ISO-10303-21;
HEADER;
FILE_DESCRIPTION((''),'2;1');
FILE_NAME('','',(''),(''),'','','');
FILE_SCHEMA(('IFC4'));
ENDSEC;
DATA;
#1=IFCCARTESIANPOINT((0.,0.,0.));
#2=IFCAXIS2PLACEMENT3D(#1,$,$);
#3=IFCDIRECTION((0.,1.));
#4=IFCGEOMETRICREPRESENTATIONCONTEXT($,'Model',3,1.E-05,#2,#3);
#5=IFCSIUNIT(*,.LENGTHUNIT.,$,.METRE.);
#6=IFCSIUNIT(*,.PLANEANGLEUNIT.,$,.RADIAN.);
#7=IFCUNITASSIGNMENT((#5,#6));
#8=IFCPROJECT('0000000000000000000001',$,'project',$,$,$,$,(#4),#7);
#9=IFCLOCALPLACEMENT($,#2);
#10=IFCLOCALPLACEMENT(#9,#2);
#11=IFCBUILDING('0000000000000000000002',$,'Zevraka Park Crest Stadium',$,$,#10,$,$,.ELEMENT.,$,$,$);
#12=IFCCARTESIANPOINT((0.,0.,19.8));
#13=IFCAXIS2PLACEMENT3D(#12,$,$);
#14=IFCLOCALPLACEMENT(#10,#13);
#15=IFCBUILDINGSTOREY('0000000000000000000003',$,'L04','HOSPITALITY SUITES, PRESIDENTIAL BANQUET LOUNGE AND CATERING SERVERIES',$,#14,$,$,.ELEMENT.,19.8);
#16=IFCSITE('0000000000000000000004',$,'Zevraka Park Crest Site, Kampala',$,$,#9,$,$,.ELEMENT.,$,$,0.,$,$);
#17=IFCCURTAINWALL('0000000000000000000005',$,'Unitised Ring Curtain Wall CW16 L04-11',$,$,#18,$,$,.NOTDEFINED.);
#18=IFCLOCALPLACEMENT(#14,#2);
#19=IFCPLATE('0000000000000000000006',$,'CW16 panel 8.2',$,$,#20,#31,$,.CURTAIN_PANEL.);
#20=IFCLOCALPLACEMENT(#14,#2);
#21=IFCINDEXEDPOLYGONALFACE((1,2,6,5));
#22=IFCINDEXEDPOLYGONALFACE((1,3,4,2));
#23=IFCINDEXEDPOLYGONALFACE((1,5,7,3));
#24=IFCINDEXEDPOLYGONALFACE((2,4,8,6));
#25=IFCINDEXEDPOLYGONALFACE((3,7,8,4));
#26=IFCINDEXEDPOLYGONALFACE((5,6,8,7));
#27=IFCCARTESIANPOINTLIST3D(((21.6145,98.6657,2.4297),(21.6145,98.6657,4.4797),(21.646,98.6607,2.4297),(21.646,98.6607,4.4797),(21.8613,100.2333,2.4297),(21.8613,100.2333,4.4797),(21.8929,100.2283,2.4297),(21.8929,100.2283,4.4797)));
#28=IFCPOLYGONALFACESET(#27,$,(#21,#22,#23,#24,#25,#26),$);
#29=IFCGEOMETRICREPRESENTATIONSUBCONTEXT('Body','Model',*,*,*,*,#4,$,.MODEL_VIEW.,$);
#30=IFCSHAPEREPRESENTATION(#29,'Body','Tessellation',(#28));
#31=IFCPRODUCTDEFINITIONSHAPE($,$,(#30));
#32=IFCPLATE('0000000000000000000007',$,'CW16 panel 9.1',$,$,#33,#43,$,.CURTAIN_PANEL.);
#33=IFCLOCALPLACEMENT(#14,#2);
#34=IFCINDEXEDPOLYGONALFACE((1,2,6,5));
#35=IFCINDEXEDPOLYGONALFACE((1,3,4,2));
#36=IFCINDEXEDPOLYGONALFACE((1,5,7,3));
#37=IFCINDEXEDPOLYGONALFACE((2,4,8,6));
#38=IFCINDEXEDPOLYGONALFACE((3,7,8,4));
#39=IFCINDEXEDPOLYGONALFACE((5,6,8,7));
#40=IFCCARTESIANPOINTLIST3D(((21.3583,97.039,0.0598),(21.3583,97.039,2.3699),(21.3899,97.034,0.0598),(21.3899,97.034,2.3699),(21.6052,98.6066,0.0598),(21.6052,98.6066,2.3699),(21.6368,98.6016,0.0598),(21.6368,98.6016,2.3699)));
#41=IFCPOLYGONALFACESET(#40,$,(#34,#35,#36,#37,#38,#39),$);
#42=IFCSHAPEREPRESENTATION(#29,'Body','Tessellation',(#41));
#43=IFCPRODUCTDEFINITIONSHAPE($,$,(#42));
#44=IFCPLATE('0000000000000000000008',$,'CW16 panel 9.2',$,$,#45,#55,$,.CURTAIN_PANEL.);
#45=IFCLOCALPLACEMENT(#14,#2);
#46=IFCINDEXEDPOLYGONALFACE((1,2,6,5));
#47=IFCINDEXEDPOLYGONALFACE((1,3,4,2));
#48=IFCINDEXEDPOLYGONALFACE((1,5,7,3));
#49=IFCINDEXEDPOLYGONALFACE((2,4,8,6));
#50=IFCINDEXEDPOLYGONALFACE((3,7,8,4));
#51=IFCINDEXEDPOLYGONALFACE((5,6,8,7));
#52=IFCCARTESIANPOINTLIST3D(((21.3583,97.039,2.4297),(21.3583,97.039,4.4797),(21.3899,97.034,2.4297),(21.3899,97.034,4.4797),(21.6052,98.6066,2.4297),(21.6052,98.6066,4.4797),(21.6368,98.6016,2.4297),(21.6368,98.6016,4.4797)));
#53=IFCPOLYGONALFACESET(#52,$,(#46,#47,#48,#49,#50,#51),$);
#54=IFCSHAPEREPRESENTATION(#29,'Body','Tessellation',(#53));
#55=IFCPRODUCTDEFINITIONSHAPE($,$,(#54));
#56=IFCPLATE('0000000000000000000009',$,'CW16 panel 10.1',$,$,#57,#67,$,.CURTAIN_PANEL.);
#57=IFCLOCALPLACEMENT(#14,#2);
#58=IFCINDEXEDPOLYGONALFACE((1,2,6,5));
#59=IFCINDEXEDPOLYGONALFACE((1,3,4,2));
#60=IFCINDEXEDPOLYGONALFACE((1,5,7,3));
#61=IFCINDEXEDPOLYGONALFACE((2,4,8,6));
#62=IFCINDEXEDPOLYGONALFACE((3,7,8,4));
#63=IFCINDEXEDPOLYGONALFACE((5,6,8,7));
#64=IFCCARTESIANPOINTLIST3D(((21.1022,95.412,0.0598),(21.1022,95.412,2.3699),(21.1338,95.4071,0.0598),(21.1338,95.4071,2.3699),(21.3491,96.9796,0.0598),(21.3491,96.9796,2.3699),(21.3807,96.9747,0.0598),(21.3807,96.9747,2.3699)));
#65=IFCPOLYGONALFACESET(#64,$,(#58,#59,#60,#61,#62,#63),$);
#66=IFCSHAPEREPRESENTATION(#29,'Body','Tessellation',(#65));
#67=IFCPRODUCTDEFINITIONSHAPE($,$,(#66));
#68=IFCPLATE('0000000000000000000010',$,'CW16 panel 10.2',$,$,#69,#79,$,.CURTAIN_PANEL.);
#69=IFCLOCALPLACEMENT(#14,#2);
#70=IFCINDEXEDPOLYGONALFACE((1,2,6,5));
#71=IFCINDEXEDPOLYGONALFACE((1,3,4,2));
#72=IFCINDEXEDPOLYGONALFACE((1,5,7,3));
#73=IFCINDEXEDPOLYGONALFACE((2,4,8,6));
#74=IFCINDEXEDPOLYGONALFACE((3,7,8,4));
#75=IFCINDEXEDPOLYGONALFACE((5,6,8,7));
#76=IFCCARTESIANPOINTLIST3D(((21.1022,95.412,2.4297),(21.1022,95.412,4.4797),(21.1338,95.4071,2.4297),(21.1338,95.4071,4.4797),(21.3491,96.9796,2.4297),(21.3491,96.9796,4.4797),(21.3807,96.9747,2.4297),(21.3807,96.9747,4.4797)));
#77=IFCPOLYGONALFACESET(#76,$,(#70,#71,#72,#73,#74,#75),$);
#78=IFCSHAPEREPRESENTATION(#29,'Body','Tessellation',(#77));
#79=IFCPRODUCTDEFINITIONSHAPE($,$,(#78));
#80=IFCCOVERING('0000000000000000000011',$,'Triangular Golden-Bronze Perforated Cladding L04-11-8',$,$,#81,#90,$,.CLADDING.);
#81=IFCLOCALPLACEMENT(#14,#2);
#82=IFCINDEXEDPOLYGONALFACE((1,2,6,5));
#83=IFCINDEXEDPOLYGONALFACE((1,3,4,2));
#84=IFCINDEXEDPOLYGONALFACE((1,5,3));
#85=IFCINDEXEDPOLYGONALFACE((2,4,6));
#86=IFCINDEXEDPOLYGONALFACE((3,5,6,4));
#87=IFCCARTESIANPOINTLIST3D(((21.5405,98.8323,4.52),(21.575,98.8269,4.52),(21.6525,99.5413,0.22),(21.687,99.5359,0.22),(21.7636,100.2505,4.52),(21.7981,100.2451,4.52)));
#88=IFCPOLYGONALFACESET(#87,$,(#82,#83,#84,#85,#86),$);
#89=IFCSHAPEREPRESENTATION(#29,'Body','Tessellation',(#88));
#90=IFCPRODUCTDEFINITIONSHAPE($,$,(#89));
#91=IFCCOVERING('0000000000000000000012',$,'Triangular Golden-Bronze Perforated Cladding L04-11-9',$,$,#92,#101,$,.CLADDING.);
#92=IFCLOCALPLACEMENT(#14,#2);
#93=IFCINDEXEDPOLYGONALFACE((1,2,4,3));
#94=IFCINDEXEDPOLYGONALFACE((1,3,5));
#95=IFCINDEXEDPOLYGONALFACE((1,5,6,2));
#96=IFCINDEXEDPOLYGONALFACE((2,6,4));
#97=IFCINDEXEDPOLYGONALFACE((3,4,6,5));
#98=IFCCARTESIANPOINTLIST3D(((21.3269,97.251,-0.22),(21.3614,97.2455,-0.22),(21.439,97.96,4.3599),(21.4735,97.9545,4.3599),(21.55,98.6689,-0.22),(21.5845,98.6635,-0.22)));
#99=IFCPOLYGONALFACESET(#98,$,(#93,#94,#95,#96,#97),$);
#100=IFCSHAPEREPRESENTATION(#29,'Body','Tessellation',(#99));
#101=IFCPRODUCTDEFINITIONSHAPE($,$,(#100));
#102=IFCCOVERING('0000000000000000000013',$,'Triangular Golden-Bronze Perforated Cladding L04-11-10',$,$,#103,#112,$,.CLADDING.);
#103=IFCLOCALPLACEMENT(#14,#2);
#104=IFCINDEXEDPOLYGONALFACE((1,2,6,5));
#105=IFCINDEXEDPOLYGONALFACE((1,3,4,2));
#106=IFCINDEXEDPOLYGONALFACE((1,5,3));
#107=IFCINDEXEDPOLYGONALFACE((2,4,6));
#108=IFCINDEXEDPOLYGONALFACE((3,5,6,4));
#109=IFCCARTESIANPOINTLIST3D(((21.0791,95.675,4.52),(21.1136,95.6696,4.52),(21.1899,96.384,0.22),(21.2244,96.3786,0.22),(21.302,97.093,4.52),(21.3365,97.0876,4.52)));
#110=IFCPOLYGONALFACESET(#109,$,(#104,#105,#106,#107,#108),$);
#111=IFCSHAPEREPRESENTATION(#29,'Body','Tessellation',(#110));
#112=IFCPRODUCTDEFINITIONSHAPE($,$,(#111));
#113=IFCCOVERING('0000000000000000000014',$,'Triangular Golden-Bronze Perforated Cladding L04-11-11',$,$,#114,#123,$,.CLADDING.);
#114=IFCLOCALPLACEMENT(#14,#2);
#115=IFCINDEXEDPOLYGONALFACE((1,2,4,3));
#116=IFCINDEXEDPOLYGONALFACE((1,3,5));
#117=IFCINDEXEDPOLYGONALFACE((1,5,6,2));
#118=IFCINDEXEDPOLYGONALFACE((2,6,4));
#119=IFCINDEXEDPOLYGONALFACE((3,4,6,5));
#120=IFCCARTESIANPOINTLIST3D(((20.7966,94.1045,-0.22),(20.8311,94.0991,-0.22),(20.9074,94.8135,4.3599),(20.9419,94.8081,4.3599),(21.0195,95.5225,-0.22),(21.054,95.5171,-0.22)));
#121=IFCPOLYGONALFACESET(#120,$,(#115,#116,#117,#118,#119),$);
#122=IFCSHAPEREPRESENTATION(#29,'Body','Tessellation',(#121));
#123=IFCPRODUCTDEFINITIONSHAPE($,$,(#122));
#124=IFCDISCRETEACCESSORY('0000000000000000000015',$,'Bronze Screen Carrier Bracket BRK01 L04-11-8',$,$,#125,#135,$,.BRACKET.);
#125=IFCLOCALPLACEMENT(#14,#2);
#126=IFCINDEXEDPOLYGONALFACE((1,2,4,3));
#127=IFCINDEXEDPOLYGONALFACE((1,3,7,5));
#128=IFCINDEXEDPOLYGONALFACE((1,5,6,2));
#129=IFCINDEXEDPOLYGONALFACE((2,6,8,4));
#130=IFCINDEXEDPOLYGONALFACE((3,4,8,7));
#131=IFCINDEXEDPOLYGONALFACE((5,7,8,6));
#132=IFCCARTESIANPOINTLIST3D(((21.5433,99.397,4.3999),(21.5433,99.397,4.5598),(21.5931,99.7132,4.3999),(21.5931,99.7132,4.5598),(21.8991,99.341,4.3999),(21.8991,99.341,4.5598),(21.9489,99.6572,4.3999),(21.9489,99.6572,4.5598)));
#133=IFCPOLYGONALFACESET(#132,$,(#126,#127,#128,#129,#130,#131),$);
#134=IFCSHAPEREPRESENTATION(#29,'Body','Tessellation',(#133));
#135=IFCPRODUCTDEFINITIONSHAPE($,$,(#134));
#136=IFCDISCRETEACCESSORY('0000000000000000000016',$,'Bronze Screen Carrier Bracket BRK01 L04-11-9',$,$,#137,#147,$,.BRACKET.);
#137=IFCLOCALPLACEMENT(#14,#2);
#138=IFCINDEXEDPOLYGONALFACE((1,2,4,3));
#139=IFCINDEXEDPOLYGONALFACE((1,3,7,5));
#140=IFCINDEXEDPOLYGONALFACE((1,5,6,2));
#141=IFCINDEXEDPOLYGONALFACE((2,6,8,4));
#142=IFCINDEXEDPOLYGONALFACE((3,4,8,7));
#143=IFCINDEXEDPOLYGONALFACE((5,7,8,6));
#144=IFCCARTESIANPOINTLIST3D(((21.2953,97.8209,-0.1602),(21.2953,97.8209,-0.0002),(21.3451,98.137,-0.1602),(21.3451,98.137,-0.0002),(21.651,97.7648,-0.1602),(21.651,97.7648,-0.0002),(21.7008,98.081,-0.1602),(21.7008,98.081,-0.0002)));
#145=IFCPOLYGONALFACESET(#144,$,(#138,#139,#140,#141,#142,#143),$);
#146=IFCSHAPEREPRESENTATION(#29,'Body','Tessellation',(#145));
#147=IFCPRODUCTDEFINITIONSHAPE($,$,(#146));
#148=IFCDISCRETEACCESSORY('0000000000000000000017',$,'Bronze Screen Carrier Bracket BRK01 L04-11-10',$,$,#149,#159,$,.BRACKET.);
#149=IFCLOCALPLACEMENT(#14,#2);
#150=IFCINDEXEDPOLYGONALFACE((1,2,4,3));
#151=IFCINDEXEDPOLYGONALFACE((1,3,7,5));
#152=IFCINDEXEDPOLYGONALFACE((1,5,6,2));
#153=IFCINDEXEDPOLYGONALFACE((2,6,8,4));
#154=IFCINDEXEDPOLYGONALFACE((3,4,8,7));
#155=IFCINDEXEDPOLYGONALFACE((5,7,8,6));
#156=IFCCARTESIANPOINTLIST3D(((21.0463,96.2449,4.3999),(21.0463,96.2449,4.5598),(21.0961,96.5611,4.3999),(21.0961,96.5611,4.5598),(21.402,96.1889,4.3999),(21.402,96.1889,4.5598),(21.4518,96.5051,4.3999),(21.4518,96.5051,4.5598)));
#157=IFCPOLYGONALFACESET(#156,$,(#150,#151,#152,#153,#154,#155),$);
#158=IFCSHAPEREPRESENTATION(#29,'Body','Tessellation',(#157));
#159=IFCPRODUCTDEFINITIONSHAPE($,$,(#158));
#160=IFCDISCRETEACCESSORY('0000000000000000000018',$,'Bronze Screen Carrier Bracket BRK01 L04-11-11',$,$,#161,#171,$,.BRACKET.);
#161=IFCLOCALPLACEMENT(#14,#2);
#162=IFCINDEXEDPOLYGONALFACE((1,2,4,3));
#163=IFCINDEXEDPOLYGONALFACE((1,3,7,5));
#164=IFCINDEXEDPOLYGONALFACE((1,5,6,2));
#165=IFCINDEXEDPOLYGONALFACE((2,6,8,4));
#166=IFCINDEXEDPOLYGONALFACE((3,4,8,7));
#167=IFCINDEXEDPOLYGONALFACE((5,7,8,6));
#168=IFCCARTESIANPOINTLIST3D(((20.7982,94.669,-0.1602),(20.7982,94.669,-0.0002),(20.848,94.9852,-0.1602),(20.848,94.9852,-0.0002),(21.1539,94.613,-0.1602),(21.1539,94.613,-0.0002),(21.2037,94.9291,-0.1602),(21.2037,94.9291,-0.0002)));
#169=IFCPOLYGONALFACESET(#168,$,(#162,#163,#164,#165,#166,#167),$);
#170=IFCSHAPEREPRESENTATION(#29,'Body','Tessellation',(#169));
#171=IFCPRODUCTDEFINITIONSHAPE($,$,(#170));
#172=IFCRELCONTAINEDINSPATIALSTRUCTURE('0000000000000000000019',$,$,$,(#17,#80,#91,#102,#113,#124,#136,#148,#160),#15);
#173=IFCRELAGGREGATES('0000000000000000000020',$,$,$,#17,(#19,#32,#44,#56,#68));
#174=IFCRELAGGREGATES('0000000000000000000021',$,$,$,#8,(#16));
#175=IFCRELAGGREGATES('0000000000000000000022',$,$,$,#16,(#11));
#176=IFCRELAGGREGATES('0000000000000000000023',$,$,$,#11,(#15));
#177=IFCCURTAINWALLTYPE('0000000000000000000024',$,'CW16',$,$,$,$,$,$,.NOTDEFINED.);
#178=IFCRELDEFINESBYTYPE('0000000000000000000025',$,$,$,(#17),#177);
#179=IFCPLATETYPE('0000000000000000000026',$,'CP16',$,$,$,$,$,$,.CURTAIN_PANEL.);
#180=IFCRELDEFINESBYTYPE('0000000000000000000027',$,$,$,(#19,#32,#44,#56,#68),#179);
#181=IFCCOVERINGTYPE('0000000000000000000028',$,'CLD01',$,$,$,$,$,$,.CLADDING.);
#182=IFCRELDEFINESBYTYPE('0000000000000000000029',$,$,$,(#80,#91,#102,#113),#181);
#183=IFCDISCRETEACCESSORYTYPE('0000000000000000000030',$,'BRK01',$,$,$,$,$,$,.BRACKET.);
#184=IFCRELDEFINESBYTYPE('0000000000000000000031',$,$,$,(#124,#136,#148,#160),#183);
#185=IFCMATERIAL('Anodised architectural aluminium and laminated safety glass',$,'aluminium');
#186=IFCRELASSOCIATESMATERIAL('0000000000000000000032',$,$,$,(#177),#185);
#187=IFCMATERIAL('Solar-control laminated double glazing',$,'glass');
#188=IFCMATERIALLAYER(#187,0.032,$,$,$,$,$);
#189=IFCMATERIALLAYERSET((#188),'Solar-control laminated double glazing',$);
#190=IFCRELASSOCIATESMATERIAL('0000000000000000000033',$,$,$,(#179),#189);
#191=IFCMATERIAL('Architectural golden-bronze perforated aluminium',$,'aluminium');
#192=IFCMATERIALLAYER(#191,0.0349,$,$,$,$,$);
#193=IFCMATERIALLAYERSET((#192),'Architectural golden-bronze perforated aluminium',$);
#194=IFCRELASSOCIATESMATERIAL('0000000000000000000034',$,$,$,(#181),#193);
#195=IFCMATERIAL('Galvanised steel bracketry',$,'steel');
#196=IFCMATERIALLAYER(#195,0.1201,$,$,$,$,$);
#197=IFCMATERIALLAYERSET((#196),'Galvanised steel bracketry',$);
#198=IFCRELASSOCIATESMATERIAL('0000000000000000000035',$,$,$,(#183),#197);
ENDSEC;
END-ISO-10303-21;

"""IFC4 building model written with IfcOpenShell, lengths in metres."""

from ifc_helpers import new_model, si_unit, direction, frame, origin, origin_2d, place, context, subcontext, project, spatial, polyline, rectangle, outline, extrude, material, layer, layer_set, type_object, element, aggregate, save


model = new_model("IFC4")

# Units and contexts
model_context = context("Model", 3, precision=1e-05, world=origin(), true_north=direction((0.0, 1.0)))
body_context = subcontext(model_context, "Body", "Model", "MODEL_VIEW")
ifc_project = project(units=[si_unit("LENGTHUNIT", "METRE"), si_unit("PLANEANGLEUNIT", "RADIAN")], contexts=[model_context])

# Site, building, storey
site_placement = place(None, origin())
site = spatial("IfcSite", under=ifc_project, at=site_placement, Name="Zevraka Park Crest Site, Kampala", CompositionType="ELEMENT", RefElevation=0.0)
building_placement = place(site_placement, origin())
building = spatial("IfcBuilding", under=site, at=building_placement, Name="Zevraka Park Crest Stadium", CompositionType="ELEMENT")
storey_placement = place(building_placement, frame((0.0, 0.0, 19.8)))
storey = spatial("IfcBuildingStorey", under=building, at=storey_placement, Name="L04", Description="HOSPITALITY SUITES, PRESIDENTIAL BANQUET LOUNGE AND CATERING SERVERIES", CompositionType="ELEMENT", Elevation=19.8)

# Curtain wall, plates
ifc_material_1 = material(Name="Anodised architectural aluminium and laminated safety glass", Category="aluminium")
curtain_wall_type = type_object("IfcCurtainWallType", Name="CW16", PredefinedType="NOTDEFINED", material=ifc_material_1)
curtain_wall_placement = place(storey_placement, origin())
curtain_wall = element("IfcCurtainWall", 1, at=curtain_wall_placement, inside=storey, type_object=curtain_wall_type, Name="Unitised Ring Curtain Wall CW16 L04-11", PredefinedType="NOTDEFINED")
ifc_material_2 = material(Name="Solar-control laminated double glazing", Category="glass")
ifc_layer_1 = layer(ifc_material_2, 0.032)
ifc_layer_set_1 = layer_set([ifc_layer_1], Name="Solar-control laminated double glazing")
plate_type = type_object("IfcPlateType", Name="CP16", PredefinedType="CURTAIN_PANEL", material=ifc_layer_set_1)
plate_1_placement = place(storey_placement, frame((21.7537, 99.447, 2.4297), z_axis=(0.0, 0.0, 1.0), x_axis=(-0.155539, -0.98783, 0.0)))
plate_1 = element("IfcPlate", 2, at=plate_1_placement, type_object=plate_type, Name="CW16 panel 8.2", PredefinedType="CURTAIN_PANEL", context=body_context, shape_type="SweptSolid", body=[
    extrude(rectangle(XDim=1.5869, YDim=0.032, at=origin_2d()), origin(), (0.0, 0.0, 1.0), 2.05),
])
plate_2_placement = place(storey_placement, frame((21.4976, 97.8203, 0.0598), z_axis=(0.0, 0.0, 1.0), x_axis=(-0.155539, -0.98783, 0.0)))
plate_2 = element("IfcPlate", 3, at=plate_2_placement, type_object=plate_type, Name="CW16 panel 9.1", PredefinedType="CURTAIN_PANEL", context=body_context, shape_type="SweptSolid", body=[
    extrude(rectangle(XDim=1.5869, YDim=0.032, at=origin_2d()), origin(), (0.0, 0.0, 1.0), 2.3101),
])
plate_3_placement = place(storey_placement, frame((21.4976, 97.8203, 2.4297), z_axis=(0.0, 0.0, 1.0), x_axis=(-0.155539, -0.98783, 0.0)))
plate_3 = element("IfcPlate", 4, at=plate_3_placement, type_object=plate_type, Name="CW16 panel 9.2", PredefinedType="CURTAIN_PANEL", context=body_context, shape_type="SweptSolid", body=[
    extrude(rectangle(XDim=1.5869, YDim=0.032, at=origin_2d()), origin(), (0.0, 0.0, 1.0), 2.05),
])
plate_4_placement = place(storey_placement, frame((21.2415, 96.1934, 0.0598), z_axis=(0.0, 0.0, 1.0), x_axis=(-0.155539, -0.98783, 0.0)))
plate_4 = element("IfcPlate", 5, at=plate_4_placement, type_object=plate_type, Name="CW16 panel 10.1", PredefinedType="CURTAIN_PANEL", context=body_context, shape_type="SweptSolid", body=[
    extrude(rectangle(XDim=1.5869, YDim=0.032, at=origin_2d()), origin(), (0.0, 0.0, 1.0), 2.3101),
])
plate_5_placement = place(storey_placement, frame((21.2415, 96.1934, 2.4297), z_axis=(0.0, 0.0, 1.0), x_axis=(-0.155539, -0.98783, 0.0)))
plate_5 = element("IfcPlate", 6, at=plate_5_placement, type_object=plate_type, Name="CW16 panel 10.2", PredefinedType="CURTAIN_PANEL", context=body_context, shape_type="SweptSolid", body=[
    extrude(rectangle(XDim=1.5869, YDim=0.032, at=origin_2d()), origin(), (0.0, 0.0, 1.0), 2.05),
])
aggregate(curtain_wall, [plate_1, plate_2, plate_3, plate_4, plate_5])

# Coverings
ifc_material_3 = material(Name="Architectural golden-bronze perforated aluminium", Category="aluminium")
ifc_layer_2 = layer(ifc_material_3, 0.0349)
ifc_layer_set_2 = layer_set([ifc_layer_2], Name="Architectural golden-bronze perforated aluminium")
covering_type = type_object("IfcCoveringType", Name="CLD01", PredefinedType="CLADDING", material=ifc_layer_set_2)
covering_1_placement = place(storey_placement, frame((21.575, 98.8269, 4.52), z_axis=(0.987847, -0.15543, 0.000117), x_axis=(0.15543, 0.987847, 0.0)))
element("IfcCovering", 7, at=covering_1_placement, inside=storey, type_object=covering_type, Name="Triangular Golden-Bronze Perforated Cladding L04-11-8", PredefinedType="CLADDING", context=body_context, shape_type="SweptSolid", body=[
    extrude(outline(polyline([(0.0, 0.0), (1.4357, 0.0), (0.7178, -4.3), (0.0, 0.0)])), origin(), (0.0, 0.0, -1.0), 0.0349),
])
covering_2_placement = place(storey_placement, frame((21.55, 98.6689, -0.22), z_axis=(-0.987843, 0.155456, 0.000105), x_axis=(-0.155456, -0.987843, 0.0)))
element("IfcCovering", 8, at=covering_2_placement, inside=storey, type_object=covering_type, Name="Triangular Golden-Bronze Perforated Cladding L04-11-9", PredefinedType="CLADDING", context=body_context, shape_type="SweptSolid", body=[
    extrude(outline(polyline([(0.0, 0.0), (1.4354, 0.0), (0.7176, 4.5798), (0.0, 0.0)])), origin(), (0.0, 0.0, -1.0), 0.0349),
])
covering_3_placement = place(storey_placement, frame((21.0791, 95.675, 4.52), z_axis=(-0.987869, 0.15529, 0.00014), x_axis=(0.15529, 0.987869, 0.0)))
element("IfcCovering", 9, at=covering_3_placement, inside=storey, type_object=covering_type, Name="Triangular Golden-Bronze Perforated Cladding L04-11-10", PredefinedType="CLADDING", context=body_context, shape_type="SweptSolid", body=[
    extrude(outline(polyline([(0.0, 0.0), (1.4354, 0.0), (0.7176, 4.3), (0.0, 0.0)])), origin(), (0.0, 0.0, -1.0), 0.0349),
])
covering_4_placement = place(storey_placement, frame((21.054, 95.5171, -0.22), z_axis=(0.987869, -0.15529, 0.000132), x_axis=(-0.15529, -0.987869, 0.0)))
element("IfcCovering", 10, at=covering_4_placement, inside=storey, type_object=covering_type, Name="Triangular Golden-Bronze Perforated Cladding L04-11-11", PredefinedType="CLADDING", context=body_context, shape_type="SweptSolid", body=[
    extrude(outline(polyline([(0.0, 0.0), (1.4354, 0.0), (0.7178, -4.5798), (0.0, 0.0)])), origin(), (0.0, 0.0, -1.0), 0.0349),
])

# Discrete accessories
ifc_material_4 = material(Name="Galvanised steel bracketry", Category="steel")
ifc_layer_3 = layer(ifc_material_4, 0.1201)
ifc_layer_set_3 = layer_set([ifc_layer_3], Name="Galvanised steel bracketry")
discrete_accessory_type = type_object("IfcDiscreteAccessoryType", Name="BRK01", PredefinedType="BRACKET", material=ifc_layer_set_3)
for number, where, z_axis, x_axis, name in (
    (11, (21.7461, 99.5271, 4.3999), (0.0, 0.0, 1.0), (-0.155572, -0.987824, 0.0), "Bronze Screen Carrier Bracket BRK01 L04-11-8"),
    (12, (21.498, 97.9509, -0.1602), (0.0, 0.0, 1.0), (-0.155572, -0.987824, 0.0), "Bronze Screen Carrier Bracket BRK01 L04-11-9"),
    (13, (21.249, 96.375, 4.3999), (0.0, 0.0, 1.0), (-0.155572, -0.987824, 0.0), "Bronze Screen Carrier Bracket BRK01 L04-11-10"),
    (14, (21.001, 94.7991, -0.1602), (0.0, 0.0, 1.0), (-0.155572, -0.987824, 0.0), "Bronze Screen Carrier Bracket BRK01 L04-11-11"),
):
    element("IfcDiscreteAccessory", number, at=place(storey_placement, frame(where, z_axis=z_axis, x_axis=x_axis)), inside=storey, type_object=discrete_accessory_type, Name=name, PredefinedType="BRACKET", context=body_context, shape_type="SweptSolid", body=[
        extrude(rectangle(XDim=0.3201, YDim=0.3601, at=origin_2d()), origin(), (0.0, 0.0, 1.0), 0.1599),
    ])

save(model, "model.ifc")
